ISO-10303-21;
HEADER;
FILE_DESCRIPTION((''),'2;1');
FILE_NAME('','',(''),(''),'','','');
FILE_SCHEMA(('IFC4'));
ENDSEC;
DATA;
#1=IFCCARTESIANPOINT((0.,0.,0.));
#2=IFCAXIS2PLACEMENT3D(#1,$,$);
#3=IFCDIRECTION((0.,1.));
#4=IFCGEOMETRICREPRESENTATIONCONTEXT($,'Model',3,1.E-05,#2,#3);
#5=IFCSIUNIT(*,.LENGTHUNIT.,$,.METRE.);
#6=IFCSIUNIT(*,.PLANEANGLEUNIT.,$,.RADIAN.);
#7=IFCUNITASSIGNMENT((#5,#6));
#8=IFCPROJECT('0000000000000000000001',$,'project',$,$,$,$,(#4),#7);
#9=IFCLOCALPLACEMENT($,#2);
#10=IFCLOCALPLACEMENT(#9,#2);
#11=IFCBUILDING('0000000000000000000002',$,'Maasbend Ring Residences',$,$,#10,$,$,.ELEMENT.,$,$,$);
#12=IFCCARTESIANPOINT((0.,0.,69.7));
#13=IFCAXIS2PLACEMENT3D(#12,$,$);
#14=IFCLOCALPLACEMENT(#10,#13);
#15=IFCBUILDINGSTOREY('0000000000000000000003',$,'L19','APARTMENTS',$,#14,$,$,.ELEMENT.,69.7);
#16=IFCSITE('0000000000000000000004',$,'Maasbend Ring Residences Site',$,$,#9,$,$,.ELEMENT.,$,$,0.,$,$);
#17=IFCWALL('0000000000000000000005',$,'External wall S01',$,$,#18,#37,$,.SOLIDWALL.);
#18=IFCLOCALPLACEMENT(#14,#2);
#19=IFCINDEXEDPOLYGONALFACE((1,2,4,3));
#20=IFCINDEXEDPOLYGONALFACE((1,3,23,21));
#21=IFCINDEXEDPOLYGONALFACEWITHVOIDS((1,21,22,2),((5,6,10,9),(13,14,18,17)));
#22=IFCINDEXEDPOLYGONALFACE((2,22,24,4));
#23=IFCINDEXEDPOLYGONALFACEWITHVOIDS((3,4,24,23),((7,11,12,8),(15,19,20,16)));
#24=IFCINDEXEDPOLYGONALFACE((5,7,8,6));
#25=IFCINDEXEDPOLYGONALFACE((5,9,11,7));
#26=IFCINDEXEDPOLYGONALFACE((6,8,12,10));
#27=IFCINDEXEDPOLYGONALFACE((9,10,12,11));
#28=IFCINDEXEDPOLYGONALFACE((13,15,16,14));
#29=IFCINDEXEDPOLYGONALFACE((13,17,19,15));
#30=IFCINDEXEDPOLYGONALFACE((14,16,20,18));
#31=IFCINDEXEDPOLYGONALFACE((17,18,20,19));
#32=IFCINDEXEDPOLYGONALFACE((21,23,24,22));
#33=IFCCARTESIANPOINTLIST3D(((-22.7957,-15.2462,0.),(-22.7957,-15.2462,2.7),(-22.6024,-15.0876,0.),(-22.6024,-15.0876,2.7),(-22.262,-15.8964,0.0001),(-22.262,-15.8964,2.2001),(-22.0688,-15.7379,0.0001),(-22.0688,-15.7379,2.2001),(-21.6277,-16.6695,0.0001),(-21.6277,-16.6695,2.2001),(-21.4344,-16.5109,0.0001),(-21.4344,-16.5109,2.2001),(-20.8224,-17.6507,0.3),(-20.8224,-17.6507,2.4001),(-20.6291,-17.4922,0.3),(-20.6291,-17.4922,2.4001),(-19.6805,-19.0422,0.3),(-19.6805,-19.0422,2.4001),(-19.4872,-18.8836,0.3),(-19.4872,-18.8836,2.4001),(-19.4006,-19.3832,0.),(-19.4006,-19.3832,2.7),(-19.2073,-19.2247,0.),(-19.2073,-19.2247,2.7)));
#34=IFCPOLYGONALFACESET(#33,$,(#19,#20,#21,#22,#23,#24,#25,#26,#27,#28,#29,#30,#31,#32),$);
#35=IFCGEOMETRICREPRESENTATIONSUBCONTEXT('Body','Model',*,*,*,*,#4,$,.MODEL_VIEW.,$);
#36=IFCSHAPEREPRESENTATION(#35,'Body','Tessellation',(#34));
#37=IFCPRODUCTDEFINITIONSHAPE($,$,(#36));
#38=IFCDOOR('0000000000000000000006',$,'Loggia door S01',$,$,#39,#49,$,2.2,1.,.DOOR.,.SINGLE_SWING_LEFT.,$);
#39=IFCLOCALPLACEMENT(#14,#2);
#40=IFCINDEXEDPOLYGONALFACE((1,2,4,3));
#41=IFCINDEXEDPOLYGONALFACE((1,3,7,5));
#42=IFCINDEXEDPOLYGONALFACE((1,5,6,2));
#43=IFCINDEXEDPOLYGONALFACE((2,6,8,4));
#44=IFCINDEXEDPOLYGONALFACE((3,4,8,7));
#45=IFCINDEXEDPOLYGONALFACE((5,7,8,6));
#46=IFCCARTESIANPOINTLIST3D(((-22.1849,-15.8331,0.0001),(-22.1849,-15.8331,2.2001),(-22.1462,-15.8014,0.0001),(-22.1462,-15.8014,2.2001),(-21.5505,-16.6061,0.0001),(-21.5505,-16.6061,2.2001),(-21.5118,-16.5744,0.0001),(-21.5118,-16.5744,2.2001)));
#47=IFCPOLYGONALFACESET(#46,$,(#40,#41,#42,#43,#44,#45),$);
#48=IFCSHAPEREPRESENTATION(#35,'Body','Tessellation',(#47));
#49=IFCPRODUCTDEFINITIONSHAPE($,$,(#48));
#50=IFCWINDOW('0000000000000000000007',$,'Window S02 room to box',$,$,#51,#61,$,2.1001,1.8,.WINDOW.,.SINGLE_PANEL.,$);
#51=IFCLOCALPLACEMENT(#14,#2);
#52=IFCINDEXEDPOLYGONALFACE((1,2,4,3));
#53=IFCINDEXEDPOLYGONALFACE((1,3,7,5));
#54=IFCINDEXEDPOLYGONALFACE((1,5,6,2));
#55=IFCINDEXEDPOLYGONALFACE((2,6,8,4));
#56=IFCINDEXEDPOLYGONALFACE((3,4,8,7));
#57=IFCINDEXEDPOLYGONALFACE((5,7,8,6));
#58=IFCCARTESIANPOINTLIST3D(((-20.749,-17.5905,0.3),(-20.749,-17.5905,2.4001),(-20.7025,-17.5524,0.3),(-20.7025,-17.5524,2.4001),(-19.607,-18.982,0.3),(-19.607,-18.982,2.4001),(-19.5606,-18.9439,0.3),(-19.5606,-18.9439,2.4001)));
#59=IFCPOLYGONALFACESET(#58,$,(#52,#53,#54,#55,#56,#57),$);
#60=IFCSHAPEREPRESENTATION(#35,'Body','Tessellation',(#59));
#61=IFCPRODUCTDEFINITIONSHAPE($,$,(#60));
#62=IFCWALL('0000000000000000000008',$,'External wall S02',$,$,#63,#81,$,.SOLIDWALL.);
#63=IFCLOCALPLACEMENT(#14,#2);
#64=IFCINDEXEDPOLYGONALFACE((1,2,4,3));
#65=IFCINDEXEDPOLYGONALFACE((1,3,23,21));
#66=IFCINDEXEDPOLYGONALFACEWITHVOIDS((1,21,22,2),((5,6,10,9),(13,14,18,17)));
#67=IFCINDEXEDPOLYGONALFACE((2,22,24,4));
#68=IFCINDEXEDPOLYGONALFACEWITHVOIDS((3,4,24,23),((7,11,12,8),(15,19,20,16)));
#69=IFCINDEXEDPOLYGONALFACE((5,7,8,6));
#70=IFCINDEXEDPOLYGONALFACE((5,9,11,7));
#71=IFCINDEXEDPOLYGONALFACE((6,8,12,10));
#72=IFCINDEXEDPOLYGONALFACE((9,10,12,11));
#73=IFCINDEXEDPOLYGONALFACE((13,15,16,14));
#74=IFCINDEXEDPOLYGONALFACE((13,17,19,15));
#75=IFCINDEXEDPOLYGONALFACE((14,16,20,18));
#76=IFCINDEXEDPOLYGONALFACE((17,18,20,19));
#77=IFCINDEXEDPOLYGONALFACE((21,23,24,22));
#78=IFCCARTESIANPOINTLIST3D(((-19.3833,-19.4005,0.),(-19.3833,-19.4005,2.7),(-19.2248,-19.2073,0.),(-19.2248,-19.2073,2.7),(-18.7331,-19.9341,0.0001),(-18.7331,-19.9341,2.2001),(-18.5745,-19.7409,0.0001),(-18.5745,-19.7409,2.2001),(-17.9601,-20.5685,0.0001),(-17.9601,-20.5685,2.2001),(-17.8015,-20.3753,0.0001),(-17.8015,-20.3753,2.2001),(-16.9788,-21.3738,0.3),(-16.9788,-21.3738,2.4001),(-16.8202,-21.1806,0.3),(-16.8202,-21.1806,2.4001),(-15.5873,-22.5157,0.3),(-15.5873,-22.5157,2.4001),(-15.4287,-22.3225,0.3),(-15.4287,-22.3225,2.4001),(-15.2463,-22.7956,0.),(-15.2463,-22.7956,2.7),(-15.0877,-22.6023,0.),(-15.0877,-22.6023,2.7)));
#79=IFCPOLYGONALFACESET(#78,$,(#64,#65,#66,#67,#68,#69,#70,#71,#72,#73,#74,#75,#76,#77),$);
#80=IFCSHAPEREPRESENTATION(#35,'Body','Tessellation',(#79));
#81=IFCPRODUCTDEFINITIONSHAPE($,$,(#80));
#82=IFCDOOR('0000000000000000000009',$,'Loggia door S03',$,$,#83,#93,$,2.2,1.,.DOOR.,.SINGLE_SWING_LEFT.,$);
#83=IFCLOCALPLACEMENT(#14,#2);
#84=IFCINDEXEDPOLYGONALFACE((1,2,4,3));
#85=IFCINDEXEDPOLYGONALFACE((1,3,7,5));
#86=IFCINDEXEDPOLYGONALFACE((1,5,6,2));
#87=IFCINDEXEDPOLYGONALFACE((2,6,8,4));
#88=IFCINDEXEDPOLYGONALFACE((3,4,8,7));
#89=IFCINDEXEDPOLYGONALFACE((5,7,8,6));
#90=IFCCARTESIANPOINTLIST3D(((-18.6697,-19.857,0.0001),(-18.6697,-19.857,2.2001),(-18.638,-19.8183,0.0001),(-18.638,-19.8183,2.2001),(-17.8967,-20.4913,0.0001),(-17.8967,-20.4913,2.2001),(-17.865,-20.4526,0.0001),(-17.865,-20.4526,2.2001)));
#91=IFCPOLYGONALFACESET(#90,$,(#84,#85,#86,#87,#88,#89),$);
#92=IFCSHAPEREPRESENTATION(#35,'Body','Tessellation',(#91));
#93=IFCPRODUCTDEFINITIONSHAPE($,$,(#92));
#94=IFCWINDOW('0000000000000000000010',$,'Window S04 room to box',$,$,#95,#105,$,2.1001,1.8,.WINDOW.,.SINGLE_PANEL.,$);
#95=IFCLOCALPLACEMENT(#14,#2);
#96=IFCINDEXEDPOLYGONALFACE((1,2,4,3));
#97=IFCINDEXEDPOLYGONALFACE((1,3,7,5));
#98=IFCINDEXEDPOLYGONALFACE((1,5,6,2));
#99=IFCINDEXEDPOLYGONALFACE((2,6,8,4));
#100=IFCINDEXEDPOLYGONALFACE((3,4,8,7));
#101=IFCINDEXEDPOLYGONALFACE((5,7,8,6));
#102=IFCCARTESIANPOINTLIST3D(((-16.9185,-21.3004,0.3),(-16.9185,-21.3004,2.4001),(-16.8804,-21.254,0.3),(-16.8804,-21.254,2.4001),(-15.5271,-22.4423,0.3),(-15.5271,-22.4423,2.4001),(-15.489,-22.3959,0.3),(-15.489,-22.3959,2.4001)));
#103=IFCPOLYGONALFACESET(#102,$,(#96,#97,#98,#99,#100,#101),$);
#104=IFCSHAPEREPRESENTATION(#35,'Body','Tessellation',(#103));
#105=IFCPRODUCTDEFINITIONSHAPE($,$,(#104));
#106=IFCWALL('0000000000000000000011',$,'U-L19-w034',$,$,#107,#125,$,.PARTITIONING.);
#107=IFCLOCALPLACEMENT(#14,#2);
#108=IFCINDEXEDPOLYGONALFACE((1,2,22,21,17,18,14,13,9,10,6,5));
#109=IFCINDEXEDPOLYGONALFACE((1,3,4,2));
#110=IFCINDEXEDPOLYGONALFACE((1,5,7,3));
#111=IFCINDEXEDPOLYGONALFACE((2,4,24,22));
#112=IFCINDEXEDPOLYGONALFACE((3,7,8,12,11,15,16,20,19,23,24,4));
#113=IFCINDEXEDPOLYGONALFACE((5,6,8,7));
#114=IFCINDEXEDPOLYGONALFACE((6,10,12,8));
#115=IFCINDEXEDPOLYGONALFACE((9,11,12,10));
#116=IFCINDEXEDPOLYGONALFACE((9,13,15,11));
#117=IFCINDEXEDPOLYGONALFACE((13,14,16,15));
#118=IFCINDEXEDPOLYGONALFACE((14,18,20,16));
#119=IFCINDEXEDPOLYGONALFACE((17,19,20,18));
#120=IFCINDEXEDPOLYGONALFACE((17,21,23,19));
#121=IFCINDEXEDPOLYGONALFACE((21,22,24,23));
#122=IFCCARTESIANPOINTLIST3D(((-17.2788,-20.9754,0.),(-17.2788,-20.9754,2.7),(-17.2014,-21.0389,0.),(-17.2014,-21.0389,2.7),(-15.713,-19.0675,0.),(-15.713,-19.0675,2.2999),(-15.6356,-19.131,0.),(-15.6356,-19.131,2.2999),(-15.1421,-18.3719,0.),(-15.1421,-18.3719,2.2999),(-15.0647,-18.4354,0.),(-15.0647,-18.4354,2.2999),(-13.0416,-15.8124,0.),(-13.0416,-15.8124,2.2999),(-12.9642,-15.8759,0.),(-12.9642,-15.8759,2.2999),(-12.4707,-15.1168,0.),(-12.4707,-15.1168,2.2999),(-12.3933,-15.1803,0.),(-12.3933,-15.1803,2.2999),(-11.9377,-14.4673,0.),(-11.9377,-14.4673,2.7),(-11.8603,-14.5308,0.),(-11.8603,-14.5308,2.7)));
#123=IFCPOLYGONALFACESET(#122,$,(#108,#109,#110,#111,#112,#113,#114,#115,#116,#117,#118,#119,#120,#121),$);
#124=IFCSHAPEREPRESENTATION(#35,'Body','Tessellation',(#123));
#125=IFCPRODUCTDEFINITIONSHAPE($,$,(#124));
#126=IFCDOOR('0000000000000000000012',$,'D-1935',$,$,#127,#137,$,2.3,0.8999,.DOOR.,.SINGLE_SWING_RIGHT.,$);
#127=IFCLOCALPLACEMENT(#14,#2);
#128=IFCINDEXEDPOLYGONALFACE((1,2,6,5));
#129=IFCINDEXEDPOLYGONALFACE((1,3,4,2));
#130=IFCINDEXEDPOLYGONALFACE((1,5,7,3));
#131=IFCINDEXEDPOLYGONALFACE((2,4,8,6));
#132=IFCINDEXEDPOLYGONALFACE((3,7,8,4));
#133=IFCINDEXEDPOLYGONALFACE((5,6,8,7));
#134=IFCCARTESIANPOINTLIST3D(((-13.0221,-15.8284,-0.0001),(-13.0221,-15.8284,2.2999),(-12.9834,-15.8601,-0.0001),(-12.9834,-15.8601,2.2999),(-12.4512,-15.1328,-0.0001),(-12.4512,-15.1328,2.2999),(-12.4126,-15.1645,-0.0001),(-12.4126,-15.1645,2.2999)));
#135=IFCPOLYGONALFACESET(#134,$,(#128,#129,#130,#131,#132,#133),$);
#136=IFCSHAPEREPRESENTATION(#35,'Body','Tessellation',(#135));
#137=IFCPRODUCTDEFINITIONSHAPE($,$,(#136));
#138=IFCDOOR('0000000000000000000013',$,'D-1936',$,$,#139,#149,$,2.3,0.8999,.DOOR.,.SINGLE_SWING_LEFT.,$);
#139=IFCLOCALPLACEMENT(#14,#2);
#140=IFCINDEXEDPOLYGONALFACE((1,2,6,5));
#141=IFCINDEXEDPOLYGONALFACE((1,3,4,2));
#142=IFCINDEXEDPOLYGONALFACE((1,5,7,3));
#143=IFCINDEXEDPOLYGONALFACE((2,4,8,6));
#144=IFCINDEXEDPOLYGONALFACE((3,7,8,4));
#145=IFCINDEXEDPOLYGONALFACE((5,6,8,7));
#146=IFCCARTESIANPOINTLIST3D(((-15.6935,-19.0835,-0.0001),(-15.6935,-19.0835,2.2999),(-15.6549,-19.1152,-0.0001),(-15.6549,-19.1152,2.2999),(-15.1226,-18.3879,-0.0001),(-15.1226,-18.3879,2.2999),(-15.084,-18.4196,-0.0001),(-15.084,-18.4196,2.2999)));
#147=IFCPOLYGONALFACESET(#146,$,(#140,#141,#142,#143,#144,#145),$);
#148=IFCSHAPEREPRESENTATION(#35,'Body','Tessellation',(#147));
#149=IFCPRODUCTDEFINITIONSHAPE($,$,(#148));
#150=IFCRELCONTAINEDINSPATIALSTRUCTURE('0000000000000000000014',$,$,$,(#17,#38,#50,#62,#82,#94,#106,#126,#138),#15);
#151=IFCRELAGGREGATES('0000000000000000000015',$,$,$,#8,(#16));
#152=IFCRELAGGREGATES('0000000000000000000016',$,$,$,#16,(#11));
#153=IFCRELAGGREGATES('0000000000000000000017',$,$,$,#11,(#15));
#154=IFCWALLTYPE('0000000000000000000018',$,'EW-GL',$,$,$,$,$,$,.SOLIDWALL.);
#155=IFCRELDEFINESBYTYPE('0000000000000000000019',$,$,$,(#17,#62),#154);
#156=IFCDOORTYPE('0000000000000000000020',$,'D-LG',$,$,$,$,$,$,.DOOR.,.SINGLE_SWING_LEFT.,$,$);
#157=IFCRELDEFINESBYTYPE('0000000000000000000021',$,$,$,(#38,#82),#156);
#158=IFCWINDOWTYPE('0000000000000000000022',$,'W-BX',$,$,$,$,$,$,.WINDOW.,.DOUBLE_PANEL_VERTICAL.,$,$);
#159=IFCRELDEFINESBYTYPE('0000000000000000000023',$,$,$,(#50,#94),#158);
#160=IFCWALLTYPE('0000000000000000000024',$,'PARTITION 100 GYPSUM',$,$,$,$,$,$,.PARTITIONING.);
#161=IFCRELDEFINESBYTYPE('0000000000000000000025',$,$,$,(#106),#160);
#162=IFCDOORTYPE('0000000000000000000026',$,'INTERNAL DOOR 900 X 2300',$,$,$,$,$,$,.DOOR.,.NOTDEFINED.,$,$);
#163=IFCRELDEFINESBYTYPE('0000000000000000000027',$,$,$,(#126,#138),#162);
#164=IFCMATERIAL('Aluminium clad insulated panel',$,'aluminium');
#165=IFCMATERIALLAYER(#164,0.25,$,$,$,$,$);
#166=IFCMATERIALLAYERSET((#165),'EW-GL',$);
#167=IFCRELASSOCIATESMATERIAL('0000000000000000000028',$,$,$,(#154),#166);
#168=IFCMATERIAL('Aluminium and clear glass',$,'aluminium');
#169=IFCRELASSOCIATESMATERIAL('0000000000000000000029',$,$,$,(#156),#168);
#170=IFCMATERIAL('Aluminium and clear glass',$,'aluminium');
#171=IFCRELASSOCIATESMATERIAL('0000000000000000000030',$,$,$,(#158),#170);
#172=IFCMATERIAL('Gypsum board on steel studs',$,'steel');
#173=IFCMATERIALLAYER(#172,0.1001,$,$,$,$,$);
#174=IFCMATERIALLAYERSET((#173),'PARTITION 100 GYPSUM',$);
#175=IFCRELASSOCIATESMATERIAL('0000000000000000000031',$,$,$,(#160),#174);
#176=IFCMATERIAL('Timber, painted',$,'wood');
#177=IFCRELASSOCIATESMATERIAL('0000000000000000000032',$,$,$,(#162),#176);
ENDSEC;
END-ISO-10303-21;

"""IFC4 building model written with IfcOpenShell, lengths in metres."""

from ifc_helpers import new_model, si_unit, direction, frame, frame_2d, origin, place, context, subcontext, project, spatial, rectangle, extrude, material, layer, layer_set, type_object, element, fill, save


model = new_model("IFC4")

# Units and contexts
model_context = context("Model", 3, precision=1e-05, world=origin(), true_north=direction((0.0, 1.0)))
body_context = subcontext(model_context, "Body", "Model", "MODEL_VIEW")
ifc_project = project(units=[si_unit("LENGTHUNIT", "METRE"), si_unit("PLANEANGLEUNIT", "RADIAN")], contexts=[model_context])

# Site, building, storey
site_placement = place(None, origin())
site = spatial("IfcSite", under=ifc_project, at=site_placement, Name="Maasbend Ring Residences Site", CompositionType="ELEMENT", RefElevation=0.0)
building_placement = place(site_placement, origin())
building = spatial("IfcBuilding", under=site, at=building_placement, Name="Maasbend Ring Residences", CompositionType="ELEMENT")
storey_placement = place(building_placement, frame((0.0, 0.0, 69.7)))
storey = spatial("IfcBuildingStorey", under=building, at=storey_placement, Name="L19", Description="APARTMENTS", CompositionType="ELEMENT", Elevation=69.7)

# Walls, openings, doors, windows
ifc_material_1 = material(Name="Aluminium clad insulated panel", Category="aluminium")
ifc_layer_1 = layer(ifc_material_1, 0.25)
ifc_layer_set_1 = layer_set([ifc_layer_1], Name="EW-GL")
wall_type_1 = type_object("IfcWallType", Name="EW-GL", PredefinedType="SOLIDWALL", material=ifc_layer_set_1)
wall_1_placement = place(storey_placement, frame((-22.699, -15.167, 0.0), z_axis=(0.0, 0.0, 1.0), x_axis=(0.634382, -0.773019, 0.0)))
wall_1 = element("IfcWall", 1, at=wall_1_placement, inside=storey, type_object=wall_type_1, Name="External wall S01", PredefinedType="SOLIDWALL", context=body_context, shape_type="SweptSolid", body=[
    extrude(rectangle(XDim=5.3518, YDim=0.25, at=frame_2d((2.6758, 0.0))), origin(), (0.0, 0.0, 1.0), 2.7),
])
opening_1_placement = place(wall_1_placement, frame((0.8411, 0.0, 0.0)))
opening_1 = element("IfcOpeningElement", 2, at=opening_1_placement, cuts=wall_1, PredefinedType="OPENING", context=body_context, shape_type="SweptSolid", body=[
    extrude(rectangle(XDim=1.0, YDim=2.2, at=frame_2d((0.5, 1.1001))), frame((0.0, 0.135, 0.0), z_axis=(0.0, -1.0, 0.0), x_axis=(1.0, 0.0, 0.0)), (0.0, 0.0, 1.0), 0.27),
])
opening_2_placement = place(wall_1_placement, frame((3.1106, 0.0, 0.3)))
opening_2 = element("IfcOpeningElement", 3, at=opening_2_placement, cuts=wall_1, PredefinedType="OPENING", context=body_context, shape_type="SweptSolid", body=[
    extrude(rectangle(XDim=1.8, YDim=2.1001, at=frame_2d((0.8999, 1.05))), frame((0.0, 0.135, 0.0), z_axis=(0.0, -1.0, 0.0), x_axis=(1.0, 0.0, 0.0)), (0.0, 0.0, 1.0), 0.27),
])
ifc_material_2 = material(Name="Aluminium and clear glass", Category="aluminium")
door_type_1 = type_object("IfcDoorType", Name="D-LG", OperationType="SINGLE_SWING_LEFT", PredefinedType="DOOR", material=ifc_material_2)
door_1_placement = place(opening_1_placement, origin())
door_1 = element("IfcDoor", 4, at=door_1_placement, inside=storey, type_object=door_type_1, Name="Loggia door S01", OperationType="SINGLE_SWING_LEFT", OverallHeight=2.2, OverallWidth=1.0, PredefinedType="DOOR", context=body_context, shape_type="SweptSolid", body=[
    extrude(rectangle(XDim=1.0, YDim=2.2, at=frame_2d((0.5, 1.1001))), frame((0.0, 0.0249, 0.0), z_axis=(0.0, -1.0, 0.0), x_axis=(1.0, 0.0, 0.0)), (0.0, 0.0, 1.0), 0.05),
])
fill(opening_1, door_1)
ifc_material_3 = material(Name="Aluminium and clear glass", Category="aluminium")
window_type_1 = type_object("IfcWindowType", Name="W-BX", PartitioningType="DOUBLE_PANEL_VERTICAL", PredefinedType="WINDOW", material=ifc_material_3)
window_1_placement = place(opening_2_placement, origin())
window_1 = element("IfcWindow", 5, at=window_1_placement, inside=storey, type_object=window_type_1, Name="Window S02 room to box", OverallHeight=2.1001, OverallWidth=1.8, PartitioningType="SINGLE_PANEL", PredefinedType="WINDOW", context=body_context, shape_type="SweptSolid", body=[
    extrude(rectangle(XDim=1.8, YDim=2.1001, at=frame_2d((0.8999, 1.05))), frame((0.0, 0.03, 0.0), z_axis=(0.0, -1.0, 0.0), x_axis=(1.0, 0.0, 0.0)), (0.0, 0.0, 1.0), 0.0601),
])
fill(opening_2, window_1)
wall_2_placement = place(storey_placement, frame((-19.304, -19.304, 0.0), z_axis=(0.0, 0.0, 1.0), x_axis=(0.773019, -0.634382, 0.0)))
wall_2 = element("IfcWall", 6, at=wall_2_placement, inside=storey, type_object=wall_type_1, Name="External wall S02", PredefinedType="SOLIDWALL", context=body_context, shape_type="SweptSolid", body=[
    extrude(rectangle(XDim=5.3518, YDim=0.25, at=frame_2d((2.6758, 0.0))), origin(), (0.0, 0.0, 1.0), 2.7),
])
opening_3_placement = place(wall_2_placement, frame((0.8411, 0.0, 0.0)))
opening_3 = element("IfcOpeningElement", 7, at=opening_3_placement, cuts=wall_2, PredefinedType="OPENING", context=body_context, shape_type="SweptSolid", body=[
    extrude(rectangle(XDim=1.0, YDim=2.2, at=frame_2d((0.5, 1.1001))), frame((0.0, 0.135, 0.0), z_axis=(0.0, -1.0, 0.0), x_axis=(1.0, 0.0, 0.0)), (0.0, 0.0, 1.0), 0.27),
])
opening_4_placement = place(wall_2_placement, frame((3.1106, 0.0, 0.3)))
opening_4 = element("IfcOpeningElement", 8, at=opening_4_placement, cuts=wall_2, PredefinedType="OPENING", context=body_context, shape_type="SweptSolid", body=[
    extrude(rectangle(XDim=1.8, YDim=2.1001, at=frame_2d((0.8999, 1.05))), frame((0.0, 0.135, 0.0), z_axis=(0.0, -1.0, 0.0), x_axis=(1.0, 0.0, 0.0)), (0.0, 0.0, 1.0), 0.27),
])
door_2_placement = place(opening_3_placement, origin())
door_2 = element("IfcDoor", 9, at=door_2_placement, inside=storey, type_object=door_type_1, Name="Loggia door S03", OperationType="SINGLE_SWING_LEFT", OverallHeight=2.2, OverallWidth=1.0, PredefinedType="DOOR", context=body_context, shape_type="SweptSolid", body=[
    extrude(rectangle(XDim=1.0, YDim=2.2, at=frame_2d((0.5, 1.1001))), frame((0.0, 0.0249, 0.0), z_axis=(0.0, -1.0, 0.0), x_axis=(1.0, 0.0, 0.0)), (0.0, 0.0, 1.0), 0.05),
])
fill(opening_3, door_2)
window_2_placement = place(opening_4_placement, origin())
window_2 = element("IfcWindow", 10, at=window_2_placement, inside=storey, type_object=window_type_1, Name="Window S04 room to box", OverallHeight=2.1001, OverallWidth=1.8, PartitioningType="SINGLE_PANEL", PredefinedType="WINDOW", context=body_context, shape_type="SweptSolid", body=[
    extrude(rectangle(XDim=1.8, YDim=2.1001, at=frame_2d((0.8999, 1.05))), frame((0.0, 0.03, 0.0), z_axis=(0.0, -1.0, 0.0), x_axis=(1.0, 0.0, 0.0)), (0.0, 0.0, 1.0), 0.0601),
])
fill(opening_4, window_2)

# Wall, openings, doors
ifc_material_4 = material(Name="Gypsum board on steel studs", Category="steel")
ifc_layer_2 = layer(ifc_material_4, 0.1001)
ifc_layer_set_2 = layer_set([ifc_layer_2], Name="PARTITION 100 GYPSUM")
wall_type_2 = type_object("IfcWallType", Name="PARTITION 100 GYPSUM", PredefinedType="PARTITIONING", material=ifc_layer_set_2)
wall_3_placement = place(storey_placement, frame((-17.24, -21.0071, 0.0), z_axis=(0.0, 0.0, 1.0), x_axis=(0.634396, 0.773008, 0.0)))
wall_3 = element("IfcWall", 11, at=wall_3_placement, inside=storey, type_object=wall_type_2, Name="U-L19-w034", PredefinedType="PARTITIONING", context=body_context, shape_type="SweptSolid", body=[
    extrude(rectangle(XDim=8.4192, YDim=0.1001, at=frame_2d((4.2095, 0.0))), origin(), (0.0, 0.0, 1.0), 2.7),
])
opening_5_placement = place(wall_3_placement, frame((6.679, 0.0, 0.0)))
opening_5 = element("IfcOpeningElement", 12, at=opening_5_placement, cuts=wall_3, PredefinedType="OPENING", context=body_context, shape_type="SweptSolid", body=[
    extrude(rectangle(XDim=0.8999, YDim=2.3, at=frame_2d((0.45, 1.1499))), frame((0.0, 0.0601, 0.0), z_axis=(0.0, -1.0, 0.0), x_axis=(1.0, 0.0, 0.0)), (0.0, 0.0, 1.0), 0.1201),
])
opening_6_placement = place(wall_3_placement, frame((2.468, 0.0, 0.0)))
opening_6 = element("IfcOpeningElement", 13, at=opening_6_placement, cuts=wall_3, PredefinedType="OPENING", context=body_context, shape_type="SweptSolid", body=[
    extrude(rectangle(XDim=0.8999, YDim=2.3, at=frame_2d((0.45, 1.1499))), frame((0.0, 0.0601, 0.0), z_axis=(0.0, -1.0, 0.0), x_axis=(1.0, 0.0, 0.0)), (0.0, 0.0, 1.0), 0.1201),
])
ifc_material_5 = material(Name="Timber, painted", Category="wood")
door_type_2 = type_object("IfcDoorType", Name="INTERNAL DOOR 900 X 2300", OperationType="NOTDEFINED", PredefinedType="DOOR", material=ifc_material_5)
door_3_placement = place(opening_5_placement, origin())
door_3 = element("IfcDoor", 14, at=door_3_placement, inside=storey, type_object=door_type_2, Name="D-1935", OperationType="SINGLE_SWING_RIGHT", OverallHeight=2.3, OverallWidth=0.8999, PredefinedType="DOOR", context=body_context, shape_type="SweptSolid", body=[
    extrude(rectangle(XDim=0.8999, YDim=2.3, at=frame_2d((0.45, 1.1499))), frame((0.0, 0.0249, 0.0), z_axis=(0.0, -1.0, 0.0), x_axis=(1.0, 0.0, 0.0)), (0.0, 0.0, 1.0), 0.05),
])
fill(opening_5, door_3)
door_4_placement = place(opening_6_placement, origin())
door_4 = element("IfcDoor", 15, at=door_4_placement, inside=storey, type_object=door_type_2, Name="D-1936", OperationType="SINGLE_SWING_LEFT", OverallHeight=2.3, OverallWidth=0.8999, PredefinedType="DOOR", context=body_context, shape_type="SweptSolid", body=[
    extrude(rectangle(XDim=0.8999, YDim=2.3, at=frame_2d((0.45, 1.1499))), frame((0.0, 0.0249, 0.0), z_axis=(0.0, -1.0, 0.0), x_axis=(1.0, 0.0, 0.0)), (0.0, 0.0, 1.0), 0.05),
])
fill(opening_6, door_4)

save(model, "model.ifc")
